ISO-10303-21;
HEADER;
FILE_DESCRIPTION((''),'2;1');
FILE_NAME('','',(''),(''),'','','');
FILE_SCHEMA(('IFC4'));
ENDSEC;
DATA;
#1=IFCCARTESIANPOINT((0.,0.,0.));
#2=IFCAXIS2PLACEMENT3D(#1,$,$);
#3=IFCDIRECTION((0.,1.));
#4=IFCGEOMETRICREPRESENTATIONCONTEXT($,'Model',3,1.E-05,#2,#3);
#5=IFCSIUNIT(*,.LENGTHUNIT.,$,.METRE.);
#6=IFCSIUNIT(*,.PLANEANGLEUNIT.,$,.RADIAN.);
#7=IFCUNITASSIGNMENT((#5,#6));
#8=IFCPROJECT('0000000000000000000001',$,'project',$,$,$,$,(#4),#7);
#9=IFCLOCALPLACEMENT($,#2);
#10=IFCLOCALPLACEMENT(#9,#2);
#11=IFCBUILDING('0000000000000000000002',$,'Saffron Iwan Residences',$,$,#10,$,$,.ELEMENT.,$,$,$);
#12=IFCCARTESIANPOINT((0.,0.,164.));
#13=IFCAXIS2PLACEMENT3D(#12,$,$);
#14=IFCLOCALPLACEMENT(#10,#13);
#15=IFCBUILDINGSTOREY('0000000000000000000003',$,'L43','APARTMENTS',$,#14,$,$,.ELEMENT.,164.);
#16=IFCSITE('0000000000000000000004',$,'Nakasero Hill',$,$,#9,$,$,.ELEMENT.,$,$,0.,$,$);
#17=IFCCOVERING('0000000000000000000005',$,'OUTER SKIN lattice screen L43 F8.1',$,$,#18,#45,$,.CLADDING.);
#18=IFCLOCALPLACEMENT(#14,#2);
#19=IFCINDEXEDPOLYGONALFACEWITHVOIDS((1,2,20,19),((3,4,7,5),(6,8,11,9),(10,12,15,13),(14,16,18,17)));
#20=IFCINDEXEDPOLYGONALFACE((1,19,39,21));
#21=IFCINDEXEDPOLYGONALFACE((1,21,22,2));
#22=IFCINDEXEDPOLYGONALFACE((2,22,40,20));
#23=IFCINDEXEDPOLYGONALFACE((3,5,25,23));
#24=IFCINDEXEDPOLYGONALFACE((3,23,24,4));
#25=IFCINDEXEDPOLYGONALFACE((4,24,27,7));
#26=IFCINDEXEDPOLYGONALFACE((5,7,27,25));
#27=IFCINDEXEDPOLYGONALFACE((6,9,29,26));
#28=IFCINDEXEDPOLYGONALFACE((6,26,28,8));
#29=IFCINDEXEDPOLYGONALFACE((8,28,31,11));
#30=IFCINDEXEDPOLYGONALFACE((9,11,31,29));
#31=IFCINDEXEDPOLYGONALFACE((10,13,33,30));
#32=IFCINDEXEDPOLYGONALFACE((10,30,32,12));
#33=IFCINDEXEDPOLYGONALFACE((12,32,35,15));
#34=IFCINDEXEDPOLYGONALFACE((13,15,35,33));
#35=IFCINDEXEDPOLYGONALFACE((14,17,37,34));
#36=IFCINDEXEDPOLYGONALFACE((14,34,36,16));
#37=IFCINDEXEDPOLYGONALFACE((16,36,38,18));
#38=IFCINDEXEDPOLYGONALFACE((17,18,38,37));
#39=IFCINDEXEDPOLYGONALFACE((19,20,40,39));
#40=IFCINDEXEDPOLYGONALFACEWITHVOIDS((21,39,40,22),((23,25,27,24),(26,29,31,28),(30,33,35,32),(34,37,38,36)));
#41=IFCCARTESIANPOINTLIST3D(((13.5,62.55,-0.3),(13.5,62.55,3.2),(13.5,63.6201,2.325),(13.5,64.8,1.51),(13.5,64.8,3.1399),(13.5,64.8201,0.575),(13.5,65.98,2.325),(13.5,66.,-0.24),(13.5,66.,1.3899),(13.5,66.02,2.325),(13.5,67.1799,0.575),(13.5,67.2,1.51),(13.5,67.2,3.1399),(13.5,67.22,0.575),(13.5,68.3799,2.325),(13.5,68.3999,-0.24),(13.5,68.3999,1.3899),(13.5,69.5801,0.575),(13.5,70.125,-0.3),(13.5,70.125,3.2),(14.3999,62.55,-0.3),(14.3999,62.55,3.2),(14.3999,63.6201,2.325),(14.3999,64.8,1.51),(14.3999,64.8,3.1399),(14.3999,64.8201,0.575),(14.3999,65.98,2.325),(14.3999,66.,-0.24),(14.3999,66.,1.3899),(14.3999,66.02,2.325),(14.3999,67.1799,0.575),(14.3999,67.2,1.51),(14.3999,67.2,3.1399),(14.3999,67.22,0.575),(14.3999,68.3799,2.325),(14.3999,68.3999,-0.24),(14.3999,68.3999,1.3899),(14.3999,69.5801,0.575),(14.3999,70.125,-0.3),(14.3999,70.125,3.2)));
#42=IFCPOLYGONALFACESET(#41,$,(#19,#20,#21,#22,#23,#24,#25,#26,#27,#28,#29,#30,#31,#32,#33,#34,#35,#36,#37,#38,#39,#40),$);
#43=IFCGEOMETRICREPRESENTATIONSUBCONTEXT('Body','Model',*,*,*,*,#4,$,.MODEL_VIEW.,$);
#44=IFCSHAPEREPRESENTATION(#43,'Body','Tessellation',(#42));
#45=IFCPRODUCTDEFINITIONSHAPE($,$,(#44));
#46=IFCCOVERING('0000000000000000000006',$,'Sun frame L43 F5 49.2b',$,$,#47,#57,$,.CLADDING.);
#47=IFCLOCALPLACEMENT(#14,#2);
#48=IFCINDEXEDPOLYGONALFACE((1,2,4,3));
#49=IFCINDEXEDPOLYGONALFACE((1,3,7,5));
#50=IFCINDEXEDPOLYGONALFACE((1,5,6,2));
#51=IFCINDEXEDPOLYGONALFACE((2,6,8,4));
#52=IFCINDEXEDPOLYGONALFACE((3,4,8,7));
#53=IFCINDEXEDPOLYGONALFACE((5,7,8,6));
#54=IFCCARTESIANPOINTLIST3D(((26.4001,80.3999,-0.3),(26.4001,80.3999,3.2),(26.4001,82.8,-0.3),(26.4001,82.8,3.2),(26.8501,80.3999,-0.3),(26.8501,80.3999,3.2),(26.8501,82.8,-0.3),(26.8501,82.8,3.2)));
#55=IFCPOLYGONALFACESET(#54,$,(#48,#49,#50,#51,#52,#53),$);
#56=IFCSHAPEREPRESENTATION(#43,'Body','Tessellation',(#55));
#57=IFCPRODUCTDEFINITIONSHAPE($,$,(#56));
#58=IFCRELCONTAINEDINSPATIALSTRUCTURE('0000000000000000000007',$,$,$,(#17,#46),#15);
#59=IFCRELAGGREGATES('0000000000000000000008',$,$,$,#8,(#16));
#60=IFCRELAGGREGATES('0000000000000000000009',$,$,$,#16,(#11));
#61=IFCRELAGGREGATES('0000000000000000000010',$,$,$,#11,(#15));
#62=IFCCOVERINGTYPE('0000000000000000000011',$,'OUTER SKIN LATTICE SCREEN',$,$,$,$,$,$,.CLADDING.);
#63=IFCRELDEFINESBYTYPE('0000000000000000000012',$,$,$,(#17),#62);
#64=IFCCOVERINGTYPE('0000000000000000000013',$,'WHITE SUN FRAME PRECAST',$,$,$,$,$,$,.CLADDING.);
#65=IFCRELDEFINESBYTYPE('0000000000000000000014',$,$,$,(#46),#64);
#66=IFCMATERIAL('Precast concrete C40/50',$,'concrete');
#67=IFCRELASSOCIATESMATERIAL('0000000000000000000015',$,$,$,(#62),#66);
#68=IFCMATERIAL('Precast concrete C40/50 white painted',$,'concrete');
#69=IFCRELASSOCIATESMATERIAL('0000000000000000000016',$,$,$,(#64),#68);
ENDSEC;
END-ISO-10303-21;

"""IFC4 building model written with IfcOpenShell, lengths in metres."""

from ifc_helpers import new_model, si_unit, direction, frame, origin, place, context, subcontext, project, spatial, polyline, outline, extrude, material, type_object, element, save


model = new_model("IFC4")

# Units and contexts
model_context = context("Model", 3, precision=1e-05, world=origin(), true_north=direction((0.0, 1.0)))
body_context = subcontext(model_context, "Body", "Model", "MODEL_VIEW")
ifc_project = project(units=[si_unit("LENGTHUNIT", "METRE"), si_unit("PLANEANGLEUNIT", "RADIAN")], contexts=[model_context])

# Site, building, storey
site_placement = place(None, origin())
site = spatial("IfcSite", under=ifc_project, at=site_placement, Name="Nakasero Hill", CompositionType="ELEMENT", RefElevation=0.0)
building_placement = place(site_placement, origin())
building = spatial("IfcBuilding", under=site, at=building_placement, Name="Saffron Iwan Residences", CompositionType="ELEMENT")
storey_placement = place(building_placement, frame((0.0, 0.0, 164.0)))
storey = spatial("IfcBuildingStorey", under=building, at=storey_placement, Name="L43", Description="APARTMENTS", CompositionType="ELEMENT", Elevation=164.0)

# Coverings
ifc_material_1 = material(Name="Precast concrete C40/50", Category="concrete")
covering_type_1 = type_object("IfcCoveringType", Name="OUTER SKIN LATTICE SCREEN", PredefinedType="CLADDING", material=ifc_material_1)
covering_1_placement = place(storey_placement, frame((14.3999, 70.125, -0.3), z_axis=(-1.0, 0.0, 0.0), x_axis=(0.0, -1.0, 0.0)))
element("IfcCovering", 1, at=covering_1_placement, inside=storey, type_object=covering_type_1, Name="OUTER SKIN lattice screen L43 F8.1", PredefinedType="CLADDING", context=body_context, shape_type="SweptSolid", body=[
    extrude(outline(polyline([(0.0, 0.0), (7.575, 0.0), (7.575, 3.5), (0.0, 3.5), (0.0, 0.0)]), holes=[polyline([(0.5449, 0.875), (1.7251, 0.0601), (2.905, 0.875), (1.7251, 1.6899), (0.5449, 0.875)]), polyline([(2.9451, 0.875), (4.125, 0.0601), (5.3049, 0.875), (4.125, 1.6899), (2.9451, 0.875)]), polyline([(1.7451, 2.625), (2.925, 1.8101), (4.105, 2.625), (2.925, 3.4399), (1.7451, 2.625)]), polyline([(4.145, 2.625), (5.325, 1.8101), (6.5049, 2.625), (5.325, 3.4399), (4.145, 2.625)])]), origin(), (0.0, 0.0, 1.0), 0.8999),
])
ifc_material_2 = material(Name="Precast concrete C40/50 white painted", Category="concrete")
covering_type_2 = type_object("IfcCoveringType", Name="WHITE SUN FRAME PRECAST", PredefinedType="CLADDING", material=ifc_material_2)
covering_2_placement = place(storey_placement, frame((26.8501, 80.3999, -0.3), z_axis=(0.0, 1.0, 0.0), x_axis=(-1.0, 0.0, 0.0)))
element("IfcCovering", 2, at=covering_2_placement, inside=storey, type_object=covering_type_2, Name="Sun frame L43 F5 49.2b", PredefinedType="CLADDING", context=body_context, shape_type="SweptSolid", body=[
    extrude(outline(polyline([(0.0, 0.0), (0.45, 0.0), (0.45, 3.5), (0.0, 3.5), (0.0, 0.0)])), origin(), (0.0, 0.0, 1.0), 2.4001),
])

save(model, "model.ifc")
